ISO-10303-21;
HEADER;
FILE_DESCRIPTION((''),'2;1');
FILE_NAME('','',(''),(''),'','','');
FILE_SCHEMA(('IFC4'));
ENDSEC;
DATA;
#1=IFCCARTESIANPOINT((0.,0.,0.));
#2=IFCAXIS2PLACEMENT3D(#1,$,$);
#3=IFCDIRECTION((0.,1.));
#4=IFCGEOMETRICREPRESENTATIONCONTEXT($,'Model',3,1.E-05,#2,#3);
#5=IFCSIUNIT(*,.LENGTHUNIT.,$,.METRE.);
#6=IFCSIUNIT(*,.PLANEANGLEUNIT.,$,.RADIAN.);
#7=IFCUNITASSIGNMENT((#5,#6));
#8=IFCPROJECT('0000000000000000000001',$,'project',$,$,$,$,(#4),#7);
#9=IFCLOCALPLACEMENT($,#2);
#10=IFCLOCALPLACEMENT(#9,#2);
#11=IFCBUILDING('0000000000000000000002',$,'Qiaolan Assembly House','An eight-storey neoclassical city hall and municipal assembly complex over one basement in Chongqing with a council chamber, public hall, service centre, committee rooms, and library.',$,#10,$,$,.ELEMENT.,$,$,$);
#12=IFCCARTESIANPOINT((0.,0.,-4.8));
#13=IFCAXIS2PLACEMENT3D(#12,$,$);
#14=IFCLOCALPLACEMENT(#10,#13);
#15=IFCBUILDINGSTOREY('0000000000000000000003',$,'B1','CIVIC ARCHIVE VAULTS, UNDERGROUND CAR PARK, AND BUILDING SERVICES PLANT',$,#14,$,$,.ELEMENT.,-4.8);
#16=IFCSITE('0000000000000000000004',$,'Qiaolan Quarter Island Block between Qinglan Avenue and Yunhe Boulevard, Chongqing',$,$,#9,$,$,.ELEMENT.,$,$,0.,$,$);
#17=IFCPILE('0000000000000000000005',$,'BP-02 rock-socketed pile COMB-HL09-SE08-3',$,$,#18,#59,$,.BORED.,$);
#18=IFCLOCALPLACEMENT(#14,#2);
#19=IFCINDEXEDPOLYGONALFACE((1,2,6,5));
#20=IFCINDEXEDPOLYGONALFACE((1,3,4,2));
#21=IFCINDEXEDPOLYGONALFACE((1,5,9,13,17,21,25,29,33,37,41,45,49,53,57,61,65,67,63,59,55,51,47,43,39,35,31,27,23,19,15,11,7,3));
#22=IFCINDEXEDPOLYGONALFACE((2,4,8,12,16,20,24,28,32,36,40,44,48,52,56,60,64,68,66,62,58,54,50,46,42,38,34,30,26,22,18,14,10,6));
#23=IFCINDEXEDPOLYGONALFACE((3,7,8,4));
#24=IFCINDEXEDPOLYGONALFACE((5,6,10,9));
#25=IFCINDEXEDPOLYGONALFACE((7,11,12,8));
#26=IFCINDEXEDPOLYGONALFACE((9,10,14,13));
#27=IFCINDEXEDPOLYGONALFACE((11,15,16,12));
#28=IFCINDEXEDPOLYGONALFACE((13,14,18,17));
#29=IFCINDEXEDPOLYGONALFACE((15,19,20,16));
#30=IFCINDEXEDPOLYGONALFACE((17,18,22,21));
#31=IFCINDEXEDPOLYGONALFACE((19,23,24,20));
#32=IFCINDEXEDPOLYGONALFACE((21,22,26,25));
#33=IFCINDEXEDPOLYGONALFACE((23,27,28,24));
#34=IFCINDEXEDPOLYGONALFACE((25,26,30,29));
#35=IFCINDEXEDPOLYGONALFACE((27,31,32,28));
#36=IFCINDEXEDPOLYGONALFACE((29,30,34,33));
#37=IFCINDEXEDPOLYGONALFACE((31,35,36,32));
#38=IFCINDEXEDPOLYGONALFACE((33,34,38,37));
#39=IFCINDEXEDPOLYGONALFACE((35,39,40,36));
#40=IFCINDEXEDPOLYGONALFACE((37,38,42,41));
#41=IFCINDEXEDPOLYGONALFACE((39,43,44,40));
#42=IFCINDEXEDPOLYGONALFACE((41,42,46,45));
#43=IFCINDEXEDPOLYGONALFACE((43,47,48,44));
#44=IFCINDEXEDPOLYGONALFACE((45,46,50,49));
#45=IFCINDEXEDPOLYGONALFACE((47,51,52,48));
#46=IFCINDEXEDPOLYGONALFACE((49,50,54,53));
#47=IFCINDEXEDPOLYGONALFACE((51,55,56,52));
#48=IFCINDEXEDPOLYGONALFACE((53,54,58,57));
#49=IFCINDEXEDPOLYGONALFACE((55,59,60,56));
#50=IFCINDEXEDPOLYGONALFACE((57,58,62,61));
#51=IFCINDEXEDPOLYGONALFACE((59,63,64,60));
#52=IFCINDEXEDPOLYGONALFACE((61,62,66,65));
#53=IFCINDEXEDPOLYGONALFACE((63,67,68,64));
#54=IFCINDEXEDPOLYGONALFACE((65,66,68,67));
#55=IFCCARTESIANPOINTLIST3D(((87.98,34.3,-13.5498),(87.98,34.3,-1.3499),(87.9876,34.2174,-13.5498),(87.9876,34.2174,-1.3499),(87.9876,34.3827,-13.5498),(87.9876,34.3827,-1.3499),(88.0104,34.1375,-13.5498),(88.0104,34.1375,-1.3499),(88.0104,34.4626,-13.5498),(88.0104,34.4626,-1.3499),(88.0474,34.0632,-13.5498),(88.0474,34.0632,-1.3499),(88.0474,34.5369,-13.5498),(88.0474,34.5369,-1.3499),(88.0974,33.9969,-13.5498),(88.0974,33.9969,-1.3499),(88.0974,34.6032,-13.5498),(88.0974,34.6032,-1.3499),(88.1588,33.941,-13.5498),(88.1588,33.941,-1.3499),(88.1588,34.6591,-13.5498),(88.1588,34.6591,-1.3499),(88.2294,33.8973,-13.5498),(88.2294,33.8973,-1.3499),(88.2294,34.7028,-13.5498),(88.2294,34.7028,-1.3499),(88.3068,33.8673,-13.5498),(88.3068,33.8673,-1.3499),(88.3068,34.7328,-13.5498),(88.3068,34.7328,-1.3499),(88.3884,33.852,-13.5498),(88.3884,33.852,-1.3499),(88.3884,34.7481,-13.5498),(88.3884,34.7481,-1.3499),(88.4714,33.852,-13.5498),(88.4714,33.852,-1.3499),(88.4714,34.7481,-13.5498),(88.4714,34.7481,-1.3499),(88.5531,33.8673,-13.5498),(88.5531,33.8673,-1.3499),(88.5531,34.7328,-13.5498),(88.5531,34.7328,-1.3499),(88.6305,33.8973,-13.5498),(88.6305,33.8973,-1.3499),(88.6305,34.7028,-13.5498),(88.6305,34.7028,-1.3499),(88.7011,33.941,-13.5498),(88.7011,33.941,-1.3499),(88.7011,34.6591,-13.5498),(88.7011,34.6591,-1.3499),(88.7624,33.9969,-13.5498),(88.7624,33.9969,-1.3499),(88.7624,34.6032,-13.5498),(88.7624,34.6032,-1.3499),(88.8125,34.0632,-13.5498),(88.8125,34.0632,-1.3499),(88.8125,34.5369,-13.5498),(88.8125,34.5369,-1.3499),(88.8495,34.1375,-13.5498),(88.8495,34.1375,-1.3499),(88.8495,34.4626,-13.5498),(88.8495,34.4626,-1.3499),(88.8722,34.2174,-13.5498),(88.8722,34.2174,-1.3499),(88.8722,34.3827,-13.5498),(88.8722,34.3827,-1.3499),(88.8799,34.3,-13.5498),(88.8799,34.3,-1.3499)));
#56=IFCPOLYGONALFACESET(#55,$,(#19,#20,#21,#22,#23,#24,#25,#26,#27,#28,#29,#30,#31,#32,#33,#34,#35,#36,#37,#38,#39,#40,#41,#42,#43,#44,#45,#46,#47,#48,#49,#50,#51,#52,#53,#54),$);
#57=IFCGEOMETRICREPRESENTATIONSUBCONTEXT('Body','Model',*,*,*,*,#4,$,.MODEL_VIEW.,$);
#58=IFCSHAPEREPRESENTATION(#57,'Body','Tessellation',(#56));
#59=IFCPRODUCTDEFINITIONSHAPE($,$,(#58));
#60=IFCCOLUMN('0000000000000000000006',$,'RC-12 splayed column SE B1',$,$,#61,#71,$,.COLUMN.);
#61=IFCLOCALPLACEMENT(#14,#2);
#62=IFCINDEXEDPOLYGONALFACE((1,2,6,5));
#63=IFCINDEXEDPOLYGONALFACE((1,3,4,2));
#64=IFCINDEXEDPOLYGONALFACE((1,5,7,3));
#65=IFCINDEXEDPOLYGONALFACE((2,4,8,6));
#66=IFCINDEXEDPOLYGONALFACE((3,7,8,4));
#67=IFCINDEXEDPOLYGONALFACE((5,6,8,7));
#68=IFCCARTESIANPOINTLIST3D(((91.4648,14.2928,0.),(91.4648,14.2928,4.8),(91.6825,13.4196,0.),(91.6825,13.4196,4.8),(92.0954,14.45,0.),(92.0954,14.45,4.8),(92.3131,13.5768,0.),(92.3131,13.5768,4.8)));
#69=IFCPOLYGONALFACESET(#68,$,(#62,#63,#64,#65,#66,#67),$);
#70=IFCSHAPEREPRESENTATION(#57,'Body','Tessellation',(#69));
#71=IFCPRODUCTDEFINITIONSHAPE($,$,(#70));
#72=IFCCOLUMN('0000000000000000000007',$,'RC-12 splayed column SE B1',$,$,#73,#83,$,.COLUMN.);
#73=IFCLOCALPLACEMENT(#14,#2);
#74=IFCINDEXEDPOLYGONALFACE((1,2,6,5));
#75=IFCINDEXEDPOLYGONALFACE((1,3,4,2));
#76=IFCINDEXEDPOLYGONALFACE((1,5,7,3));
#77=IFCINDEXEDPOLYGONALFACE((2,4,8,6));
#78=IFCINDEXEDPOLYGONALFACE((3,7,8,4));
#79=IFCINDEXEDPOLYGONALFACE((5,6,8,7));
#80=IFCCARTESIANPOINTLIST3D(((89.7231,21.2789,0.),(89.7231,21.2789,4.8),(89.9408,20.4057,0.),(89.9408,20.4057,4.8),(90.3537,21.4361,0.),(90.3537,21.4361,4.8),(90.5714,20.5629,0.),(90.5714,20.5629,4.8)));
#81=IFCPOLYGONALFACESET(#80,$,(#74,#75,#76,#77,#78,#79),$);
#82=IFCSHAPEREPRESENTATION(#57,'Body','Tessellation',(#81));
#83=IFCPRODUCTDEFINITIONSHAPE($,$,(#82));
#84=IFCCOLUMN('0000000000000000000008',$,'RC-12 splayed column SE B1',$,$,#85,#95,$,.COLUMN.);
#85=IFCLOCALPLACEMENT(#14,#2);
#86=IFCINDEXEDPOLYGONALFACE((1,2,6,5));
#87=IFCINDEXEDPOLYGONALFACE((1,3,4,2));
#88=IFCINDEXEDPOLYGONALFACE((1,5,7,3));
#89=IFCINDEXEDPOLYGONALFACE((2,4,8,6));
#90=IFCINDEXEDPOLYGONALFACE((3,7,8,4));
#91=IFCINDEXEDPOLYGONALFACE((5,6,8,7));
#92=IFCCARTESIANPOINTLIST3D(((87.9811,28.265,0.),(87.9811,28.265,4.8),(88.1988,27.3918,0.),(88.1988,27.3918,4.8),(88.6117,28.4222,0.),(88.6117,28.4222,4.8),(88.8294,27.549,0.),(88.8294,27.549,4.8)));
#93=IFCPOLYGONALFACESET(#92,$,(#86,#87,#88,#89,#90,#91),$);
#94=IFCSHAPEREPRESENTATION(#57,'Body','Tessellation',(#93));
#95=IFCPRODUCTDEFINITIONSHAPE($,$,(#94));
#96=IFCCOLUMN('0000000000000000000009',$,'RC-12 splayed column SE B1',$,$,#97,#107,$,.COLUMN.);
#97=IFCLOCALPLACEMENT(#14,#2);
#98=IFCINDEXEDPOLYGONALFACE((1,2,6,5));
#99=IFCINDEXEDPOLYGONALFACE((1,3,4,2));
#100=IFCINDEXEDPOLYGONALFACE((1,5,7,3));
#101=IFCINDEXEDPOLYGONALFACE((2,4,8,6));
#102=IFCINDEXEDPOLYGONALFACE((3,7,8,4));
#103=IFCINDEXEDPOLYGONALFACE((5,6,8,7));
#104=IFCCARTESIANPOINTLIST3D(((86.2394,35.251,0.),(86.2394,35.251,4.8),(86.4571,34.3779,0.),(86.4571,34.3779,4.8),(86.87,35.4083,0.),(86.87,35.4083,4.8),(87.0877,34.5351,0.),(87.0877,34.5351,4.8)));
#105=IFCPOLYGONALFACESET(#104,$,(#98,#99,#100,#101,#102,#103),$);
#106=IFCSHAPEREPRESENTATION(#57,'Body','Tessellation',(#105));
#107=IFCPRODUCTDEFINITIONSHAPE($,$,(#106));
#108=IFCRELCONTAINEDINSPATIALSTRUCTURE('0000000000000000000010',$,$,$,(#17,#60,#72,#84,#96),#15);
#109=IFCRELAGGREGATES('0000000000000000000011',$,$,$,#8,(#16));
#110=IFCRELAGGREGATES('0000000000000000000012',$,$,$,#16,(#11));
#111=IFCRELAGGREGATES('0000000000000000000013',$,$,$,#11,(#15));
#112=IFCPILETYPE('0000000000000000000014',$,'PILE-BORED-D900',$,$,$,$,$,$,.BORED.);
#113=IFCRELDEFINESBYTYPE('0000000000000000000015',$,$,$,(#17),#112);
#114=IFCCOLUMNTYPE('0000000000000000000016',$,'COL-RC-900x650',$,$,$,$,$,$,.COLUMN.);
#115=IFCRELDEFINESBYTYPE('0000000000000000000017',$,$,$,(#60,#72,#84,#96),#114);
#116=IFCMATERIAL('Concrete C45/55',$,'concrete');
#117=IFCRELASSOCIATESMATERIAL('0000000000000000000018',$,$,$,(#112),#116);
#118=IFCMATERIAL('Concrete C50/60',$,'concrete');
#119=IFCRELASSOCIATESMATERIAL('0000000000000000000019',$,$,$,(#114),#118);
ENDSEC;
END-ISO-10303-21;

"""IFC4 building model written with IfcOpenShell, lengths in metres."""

from ifc_helpers import new_model, si_unit, direction, frame, origin, origin_2d, place, context, subcontext, project, spatial, rectangle, circle, extrude, material, material_profile, profile_set, type_object, element, save


model = new_model("IFC4")

# Units and contexts
model_context = context("Model", 3, precision=1e-05, world=origin(), true_north=direction((0.0, 1.0)))
body_context = subcontext(model_context, "Body", "Model", "MODEL_VIEW")
ifc_project = project(units=[si_unit("LENGTHUNIT", "METRE"), si_unit("PLANEANGLEUNIT", "RADIAN")], contexts=[model_context])

# Site, building, storey
site_placement = place(None, origin())
site = spatial("IfcSite", under=ifc_project, at=site_placement, Name="Qiaolan Quarter Island Block between Qinglan Avenue and Yunhe Boulevard, Chongqing", CompositionType="ELEMENT", RefElevation=0.0)
building_placement = place(site_placement, origin())
building = spatial("IfcBuilding", under=site, at=building_placement, Name="Qiaolan Assembly House", Description="An eight-storey neoclassical city hall and municipal assembly complex over one basement in Chongqing with a council chamber, public hall, service centre, committee rooms, and library.", CompositionType="ELEMENT")
storey_placement = place(building_placement, frame((0.0, 0.0, -4.8)))
storey = spatial("IfcBuildingStorey", under=building, at=storey_placement, Name="B1", Description="CIVIC ARCHIVE VAULTS, UNDERGROUND CAR PARK, AND BUILDING SERVICES PLANT", CompositionType="ELEMENT", Elevation=-4.8)

# Pile
ifc_material_1 = material(Name="Concrete C45/55", Category="concrete")
ifc_material_profile_1 = material_profile(ifc_material_1, circle(Radius=0.45, at=origin_2d()), Name="PILE D900")
ifc_profile_set_1 = profile_set([ifc_material_profile_1], Name="Concrete C45/55")
pile_type_1 = type_object("IfcPileType", Name="PILE-BORED-D900", PredefinedType="BORED", material=ifc_profile_set_1)
pile_1_placement = place(storey_placement, frame((88.4299, 34.3, -1.3499), z_axis=(0.0, 0.0, -1.0), x_axis=(1.0, 0.0, 0.0)))
element("IfcPile", 1, at=pile_1_placement, inside=storey, type_object=pile_type_1, Name="BP-02 rock-socketed pile COMB-HL09-SE08-3", PredefinedType="BORED", context=body_context, shape_type="SweptSolid", body=[
    extrude(circle(Radius=0.45, at=origin_2d()), origin(), (0.0, 0.0, 1.0), 12.2),
])

# Columns
ifc_material_2 = material(Name="Concrete C50/60", Category="concrete")
ifc_material_profile_2 = material_profile(ifc_material_2, rectangle(XDim=0.6499, YDim=0.8999, at=origin_2d()), Name="RC 900x650")
ifc_profile_set_2 = profile_set([ifc_material_profile_2], Name="Concrete C50/60")
column_type = type_object("IfcColumnType", Name="COL-RC-900x650", PredefinedType="COLUMN", material=ifc_profile_set_2)
for number, where, z_axis, x_axis, name in (
    (2, (91.8889, 13.9348, 0.0), (0.0, 0.0, 1.0), (0.970296, 0.241922, 0.0), "RC-12 splayed column SE B1"),
    (3, (90.1472, 20.9209, 0.0), (0.0, 0.0, 1.0), (0.970296, 0.241922, 0.0), "RC-12 splayed column SE B1"),
    (4, (88.4053, 27.907, 0.0), (0.0, 0.0, 1.0), (0.970296, 0.241922, 0.0), "RC-12 splayed column SE B1"),
    (5, (86.6636, 34.8931, 0.0), (0.0, 0.0, 1.0), (0.970296, 0.241922, 0.0), "RC-12 splayed column SE B1"),
):
    element("IfcColumn", number, at=place(storey_placement, frame(where, z_axis=z_axis, x_axis=x_axis)), inside=storey, type_object=column_type, Name=name, PredefinedType="COLUMN", context=body_context, shape_type="SweptSolid", body=[
        extrude(rectangle(XDim=0.6499, YDim=0.8999, at=origin_2d()), origin(), (0.0, 0.0, 1.0), 4.8),
    ])

save(model, "model.ifc")
